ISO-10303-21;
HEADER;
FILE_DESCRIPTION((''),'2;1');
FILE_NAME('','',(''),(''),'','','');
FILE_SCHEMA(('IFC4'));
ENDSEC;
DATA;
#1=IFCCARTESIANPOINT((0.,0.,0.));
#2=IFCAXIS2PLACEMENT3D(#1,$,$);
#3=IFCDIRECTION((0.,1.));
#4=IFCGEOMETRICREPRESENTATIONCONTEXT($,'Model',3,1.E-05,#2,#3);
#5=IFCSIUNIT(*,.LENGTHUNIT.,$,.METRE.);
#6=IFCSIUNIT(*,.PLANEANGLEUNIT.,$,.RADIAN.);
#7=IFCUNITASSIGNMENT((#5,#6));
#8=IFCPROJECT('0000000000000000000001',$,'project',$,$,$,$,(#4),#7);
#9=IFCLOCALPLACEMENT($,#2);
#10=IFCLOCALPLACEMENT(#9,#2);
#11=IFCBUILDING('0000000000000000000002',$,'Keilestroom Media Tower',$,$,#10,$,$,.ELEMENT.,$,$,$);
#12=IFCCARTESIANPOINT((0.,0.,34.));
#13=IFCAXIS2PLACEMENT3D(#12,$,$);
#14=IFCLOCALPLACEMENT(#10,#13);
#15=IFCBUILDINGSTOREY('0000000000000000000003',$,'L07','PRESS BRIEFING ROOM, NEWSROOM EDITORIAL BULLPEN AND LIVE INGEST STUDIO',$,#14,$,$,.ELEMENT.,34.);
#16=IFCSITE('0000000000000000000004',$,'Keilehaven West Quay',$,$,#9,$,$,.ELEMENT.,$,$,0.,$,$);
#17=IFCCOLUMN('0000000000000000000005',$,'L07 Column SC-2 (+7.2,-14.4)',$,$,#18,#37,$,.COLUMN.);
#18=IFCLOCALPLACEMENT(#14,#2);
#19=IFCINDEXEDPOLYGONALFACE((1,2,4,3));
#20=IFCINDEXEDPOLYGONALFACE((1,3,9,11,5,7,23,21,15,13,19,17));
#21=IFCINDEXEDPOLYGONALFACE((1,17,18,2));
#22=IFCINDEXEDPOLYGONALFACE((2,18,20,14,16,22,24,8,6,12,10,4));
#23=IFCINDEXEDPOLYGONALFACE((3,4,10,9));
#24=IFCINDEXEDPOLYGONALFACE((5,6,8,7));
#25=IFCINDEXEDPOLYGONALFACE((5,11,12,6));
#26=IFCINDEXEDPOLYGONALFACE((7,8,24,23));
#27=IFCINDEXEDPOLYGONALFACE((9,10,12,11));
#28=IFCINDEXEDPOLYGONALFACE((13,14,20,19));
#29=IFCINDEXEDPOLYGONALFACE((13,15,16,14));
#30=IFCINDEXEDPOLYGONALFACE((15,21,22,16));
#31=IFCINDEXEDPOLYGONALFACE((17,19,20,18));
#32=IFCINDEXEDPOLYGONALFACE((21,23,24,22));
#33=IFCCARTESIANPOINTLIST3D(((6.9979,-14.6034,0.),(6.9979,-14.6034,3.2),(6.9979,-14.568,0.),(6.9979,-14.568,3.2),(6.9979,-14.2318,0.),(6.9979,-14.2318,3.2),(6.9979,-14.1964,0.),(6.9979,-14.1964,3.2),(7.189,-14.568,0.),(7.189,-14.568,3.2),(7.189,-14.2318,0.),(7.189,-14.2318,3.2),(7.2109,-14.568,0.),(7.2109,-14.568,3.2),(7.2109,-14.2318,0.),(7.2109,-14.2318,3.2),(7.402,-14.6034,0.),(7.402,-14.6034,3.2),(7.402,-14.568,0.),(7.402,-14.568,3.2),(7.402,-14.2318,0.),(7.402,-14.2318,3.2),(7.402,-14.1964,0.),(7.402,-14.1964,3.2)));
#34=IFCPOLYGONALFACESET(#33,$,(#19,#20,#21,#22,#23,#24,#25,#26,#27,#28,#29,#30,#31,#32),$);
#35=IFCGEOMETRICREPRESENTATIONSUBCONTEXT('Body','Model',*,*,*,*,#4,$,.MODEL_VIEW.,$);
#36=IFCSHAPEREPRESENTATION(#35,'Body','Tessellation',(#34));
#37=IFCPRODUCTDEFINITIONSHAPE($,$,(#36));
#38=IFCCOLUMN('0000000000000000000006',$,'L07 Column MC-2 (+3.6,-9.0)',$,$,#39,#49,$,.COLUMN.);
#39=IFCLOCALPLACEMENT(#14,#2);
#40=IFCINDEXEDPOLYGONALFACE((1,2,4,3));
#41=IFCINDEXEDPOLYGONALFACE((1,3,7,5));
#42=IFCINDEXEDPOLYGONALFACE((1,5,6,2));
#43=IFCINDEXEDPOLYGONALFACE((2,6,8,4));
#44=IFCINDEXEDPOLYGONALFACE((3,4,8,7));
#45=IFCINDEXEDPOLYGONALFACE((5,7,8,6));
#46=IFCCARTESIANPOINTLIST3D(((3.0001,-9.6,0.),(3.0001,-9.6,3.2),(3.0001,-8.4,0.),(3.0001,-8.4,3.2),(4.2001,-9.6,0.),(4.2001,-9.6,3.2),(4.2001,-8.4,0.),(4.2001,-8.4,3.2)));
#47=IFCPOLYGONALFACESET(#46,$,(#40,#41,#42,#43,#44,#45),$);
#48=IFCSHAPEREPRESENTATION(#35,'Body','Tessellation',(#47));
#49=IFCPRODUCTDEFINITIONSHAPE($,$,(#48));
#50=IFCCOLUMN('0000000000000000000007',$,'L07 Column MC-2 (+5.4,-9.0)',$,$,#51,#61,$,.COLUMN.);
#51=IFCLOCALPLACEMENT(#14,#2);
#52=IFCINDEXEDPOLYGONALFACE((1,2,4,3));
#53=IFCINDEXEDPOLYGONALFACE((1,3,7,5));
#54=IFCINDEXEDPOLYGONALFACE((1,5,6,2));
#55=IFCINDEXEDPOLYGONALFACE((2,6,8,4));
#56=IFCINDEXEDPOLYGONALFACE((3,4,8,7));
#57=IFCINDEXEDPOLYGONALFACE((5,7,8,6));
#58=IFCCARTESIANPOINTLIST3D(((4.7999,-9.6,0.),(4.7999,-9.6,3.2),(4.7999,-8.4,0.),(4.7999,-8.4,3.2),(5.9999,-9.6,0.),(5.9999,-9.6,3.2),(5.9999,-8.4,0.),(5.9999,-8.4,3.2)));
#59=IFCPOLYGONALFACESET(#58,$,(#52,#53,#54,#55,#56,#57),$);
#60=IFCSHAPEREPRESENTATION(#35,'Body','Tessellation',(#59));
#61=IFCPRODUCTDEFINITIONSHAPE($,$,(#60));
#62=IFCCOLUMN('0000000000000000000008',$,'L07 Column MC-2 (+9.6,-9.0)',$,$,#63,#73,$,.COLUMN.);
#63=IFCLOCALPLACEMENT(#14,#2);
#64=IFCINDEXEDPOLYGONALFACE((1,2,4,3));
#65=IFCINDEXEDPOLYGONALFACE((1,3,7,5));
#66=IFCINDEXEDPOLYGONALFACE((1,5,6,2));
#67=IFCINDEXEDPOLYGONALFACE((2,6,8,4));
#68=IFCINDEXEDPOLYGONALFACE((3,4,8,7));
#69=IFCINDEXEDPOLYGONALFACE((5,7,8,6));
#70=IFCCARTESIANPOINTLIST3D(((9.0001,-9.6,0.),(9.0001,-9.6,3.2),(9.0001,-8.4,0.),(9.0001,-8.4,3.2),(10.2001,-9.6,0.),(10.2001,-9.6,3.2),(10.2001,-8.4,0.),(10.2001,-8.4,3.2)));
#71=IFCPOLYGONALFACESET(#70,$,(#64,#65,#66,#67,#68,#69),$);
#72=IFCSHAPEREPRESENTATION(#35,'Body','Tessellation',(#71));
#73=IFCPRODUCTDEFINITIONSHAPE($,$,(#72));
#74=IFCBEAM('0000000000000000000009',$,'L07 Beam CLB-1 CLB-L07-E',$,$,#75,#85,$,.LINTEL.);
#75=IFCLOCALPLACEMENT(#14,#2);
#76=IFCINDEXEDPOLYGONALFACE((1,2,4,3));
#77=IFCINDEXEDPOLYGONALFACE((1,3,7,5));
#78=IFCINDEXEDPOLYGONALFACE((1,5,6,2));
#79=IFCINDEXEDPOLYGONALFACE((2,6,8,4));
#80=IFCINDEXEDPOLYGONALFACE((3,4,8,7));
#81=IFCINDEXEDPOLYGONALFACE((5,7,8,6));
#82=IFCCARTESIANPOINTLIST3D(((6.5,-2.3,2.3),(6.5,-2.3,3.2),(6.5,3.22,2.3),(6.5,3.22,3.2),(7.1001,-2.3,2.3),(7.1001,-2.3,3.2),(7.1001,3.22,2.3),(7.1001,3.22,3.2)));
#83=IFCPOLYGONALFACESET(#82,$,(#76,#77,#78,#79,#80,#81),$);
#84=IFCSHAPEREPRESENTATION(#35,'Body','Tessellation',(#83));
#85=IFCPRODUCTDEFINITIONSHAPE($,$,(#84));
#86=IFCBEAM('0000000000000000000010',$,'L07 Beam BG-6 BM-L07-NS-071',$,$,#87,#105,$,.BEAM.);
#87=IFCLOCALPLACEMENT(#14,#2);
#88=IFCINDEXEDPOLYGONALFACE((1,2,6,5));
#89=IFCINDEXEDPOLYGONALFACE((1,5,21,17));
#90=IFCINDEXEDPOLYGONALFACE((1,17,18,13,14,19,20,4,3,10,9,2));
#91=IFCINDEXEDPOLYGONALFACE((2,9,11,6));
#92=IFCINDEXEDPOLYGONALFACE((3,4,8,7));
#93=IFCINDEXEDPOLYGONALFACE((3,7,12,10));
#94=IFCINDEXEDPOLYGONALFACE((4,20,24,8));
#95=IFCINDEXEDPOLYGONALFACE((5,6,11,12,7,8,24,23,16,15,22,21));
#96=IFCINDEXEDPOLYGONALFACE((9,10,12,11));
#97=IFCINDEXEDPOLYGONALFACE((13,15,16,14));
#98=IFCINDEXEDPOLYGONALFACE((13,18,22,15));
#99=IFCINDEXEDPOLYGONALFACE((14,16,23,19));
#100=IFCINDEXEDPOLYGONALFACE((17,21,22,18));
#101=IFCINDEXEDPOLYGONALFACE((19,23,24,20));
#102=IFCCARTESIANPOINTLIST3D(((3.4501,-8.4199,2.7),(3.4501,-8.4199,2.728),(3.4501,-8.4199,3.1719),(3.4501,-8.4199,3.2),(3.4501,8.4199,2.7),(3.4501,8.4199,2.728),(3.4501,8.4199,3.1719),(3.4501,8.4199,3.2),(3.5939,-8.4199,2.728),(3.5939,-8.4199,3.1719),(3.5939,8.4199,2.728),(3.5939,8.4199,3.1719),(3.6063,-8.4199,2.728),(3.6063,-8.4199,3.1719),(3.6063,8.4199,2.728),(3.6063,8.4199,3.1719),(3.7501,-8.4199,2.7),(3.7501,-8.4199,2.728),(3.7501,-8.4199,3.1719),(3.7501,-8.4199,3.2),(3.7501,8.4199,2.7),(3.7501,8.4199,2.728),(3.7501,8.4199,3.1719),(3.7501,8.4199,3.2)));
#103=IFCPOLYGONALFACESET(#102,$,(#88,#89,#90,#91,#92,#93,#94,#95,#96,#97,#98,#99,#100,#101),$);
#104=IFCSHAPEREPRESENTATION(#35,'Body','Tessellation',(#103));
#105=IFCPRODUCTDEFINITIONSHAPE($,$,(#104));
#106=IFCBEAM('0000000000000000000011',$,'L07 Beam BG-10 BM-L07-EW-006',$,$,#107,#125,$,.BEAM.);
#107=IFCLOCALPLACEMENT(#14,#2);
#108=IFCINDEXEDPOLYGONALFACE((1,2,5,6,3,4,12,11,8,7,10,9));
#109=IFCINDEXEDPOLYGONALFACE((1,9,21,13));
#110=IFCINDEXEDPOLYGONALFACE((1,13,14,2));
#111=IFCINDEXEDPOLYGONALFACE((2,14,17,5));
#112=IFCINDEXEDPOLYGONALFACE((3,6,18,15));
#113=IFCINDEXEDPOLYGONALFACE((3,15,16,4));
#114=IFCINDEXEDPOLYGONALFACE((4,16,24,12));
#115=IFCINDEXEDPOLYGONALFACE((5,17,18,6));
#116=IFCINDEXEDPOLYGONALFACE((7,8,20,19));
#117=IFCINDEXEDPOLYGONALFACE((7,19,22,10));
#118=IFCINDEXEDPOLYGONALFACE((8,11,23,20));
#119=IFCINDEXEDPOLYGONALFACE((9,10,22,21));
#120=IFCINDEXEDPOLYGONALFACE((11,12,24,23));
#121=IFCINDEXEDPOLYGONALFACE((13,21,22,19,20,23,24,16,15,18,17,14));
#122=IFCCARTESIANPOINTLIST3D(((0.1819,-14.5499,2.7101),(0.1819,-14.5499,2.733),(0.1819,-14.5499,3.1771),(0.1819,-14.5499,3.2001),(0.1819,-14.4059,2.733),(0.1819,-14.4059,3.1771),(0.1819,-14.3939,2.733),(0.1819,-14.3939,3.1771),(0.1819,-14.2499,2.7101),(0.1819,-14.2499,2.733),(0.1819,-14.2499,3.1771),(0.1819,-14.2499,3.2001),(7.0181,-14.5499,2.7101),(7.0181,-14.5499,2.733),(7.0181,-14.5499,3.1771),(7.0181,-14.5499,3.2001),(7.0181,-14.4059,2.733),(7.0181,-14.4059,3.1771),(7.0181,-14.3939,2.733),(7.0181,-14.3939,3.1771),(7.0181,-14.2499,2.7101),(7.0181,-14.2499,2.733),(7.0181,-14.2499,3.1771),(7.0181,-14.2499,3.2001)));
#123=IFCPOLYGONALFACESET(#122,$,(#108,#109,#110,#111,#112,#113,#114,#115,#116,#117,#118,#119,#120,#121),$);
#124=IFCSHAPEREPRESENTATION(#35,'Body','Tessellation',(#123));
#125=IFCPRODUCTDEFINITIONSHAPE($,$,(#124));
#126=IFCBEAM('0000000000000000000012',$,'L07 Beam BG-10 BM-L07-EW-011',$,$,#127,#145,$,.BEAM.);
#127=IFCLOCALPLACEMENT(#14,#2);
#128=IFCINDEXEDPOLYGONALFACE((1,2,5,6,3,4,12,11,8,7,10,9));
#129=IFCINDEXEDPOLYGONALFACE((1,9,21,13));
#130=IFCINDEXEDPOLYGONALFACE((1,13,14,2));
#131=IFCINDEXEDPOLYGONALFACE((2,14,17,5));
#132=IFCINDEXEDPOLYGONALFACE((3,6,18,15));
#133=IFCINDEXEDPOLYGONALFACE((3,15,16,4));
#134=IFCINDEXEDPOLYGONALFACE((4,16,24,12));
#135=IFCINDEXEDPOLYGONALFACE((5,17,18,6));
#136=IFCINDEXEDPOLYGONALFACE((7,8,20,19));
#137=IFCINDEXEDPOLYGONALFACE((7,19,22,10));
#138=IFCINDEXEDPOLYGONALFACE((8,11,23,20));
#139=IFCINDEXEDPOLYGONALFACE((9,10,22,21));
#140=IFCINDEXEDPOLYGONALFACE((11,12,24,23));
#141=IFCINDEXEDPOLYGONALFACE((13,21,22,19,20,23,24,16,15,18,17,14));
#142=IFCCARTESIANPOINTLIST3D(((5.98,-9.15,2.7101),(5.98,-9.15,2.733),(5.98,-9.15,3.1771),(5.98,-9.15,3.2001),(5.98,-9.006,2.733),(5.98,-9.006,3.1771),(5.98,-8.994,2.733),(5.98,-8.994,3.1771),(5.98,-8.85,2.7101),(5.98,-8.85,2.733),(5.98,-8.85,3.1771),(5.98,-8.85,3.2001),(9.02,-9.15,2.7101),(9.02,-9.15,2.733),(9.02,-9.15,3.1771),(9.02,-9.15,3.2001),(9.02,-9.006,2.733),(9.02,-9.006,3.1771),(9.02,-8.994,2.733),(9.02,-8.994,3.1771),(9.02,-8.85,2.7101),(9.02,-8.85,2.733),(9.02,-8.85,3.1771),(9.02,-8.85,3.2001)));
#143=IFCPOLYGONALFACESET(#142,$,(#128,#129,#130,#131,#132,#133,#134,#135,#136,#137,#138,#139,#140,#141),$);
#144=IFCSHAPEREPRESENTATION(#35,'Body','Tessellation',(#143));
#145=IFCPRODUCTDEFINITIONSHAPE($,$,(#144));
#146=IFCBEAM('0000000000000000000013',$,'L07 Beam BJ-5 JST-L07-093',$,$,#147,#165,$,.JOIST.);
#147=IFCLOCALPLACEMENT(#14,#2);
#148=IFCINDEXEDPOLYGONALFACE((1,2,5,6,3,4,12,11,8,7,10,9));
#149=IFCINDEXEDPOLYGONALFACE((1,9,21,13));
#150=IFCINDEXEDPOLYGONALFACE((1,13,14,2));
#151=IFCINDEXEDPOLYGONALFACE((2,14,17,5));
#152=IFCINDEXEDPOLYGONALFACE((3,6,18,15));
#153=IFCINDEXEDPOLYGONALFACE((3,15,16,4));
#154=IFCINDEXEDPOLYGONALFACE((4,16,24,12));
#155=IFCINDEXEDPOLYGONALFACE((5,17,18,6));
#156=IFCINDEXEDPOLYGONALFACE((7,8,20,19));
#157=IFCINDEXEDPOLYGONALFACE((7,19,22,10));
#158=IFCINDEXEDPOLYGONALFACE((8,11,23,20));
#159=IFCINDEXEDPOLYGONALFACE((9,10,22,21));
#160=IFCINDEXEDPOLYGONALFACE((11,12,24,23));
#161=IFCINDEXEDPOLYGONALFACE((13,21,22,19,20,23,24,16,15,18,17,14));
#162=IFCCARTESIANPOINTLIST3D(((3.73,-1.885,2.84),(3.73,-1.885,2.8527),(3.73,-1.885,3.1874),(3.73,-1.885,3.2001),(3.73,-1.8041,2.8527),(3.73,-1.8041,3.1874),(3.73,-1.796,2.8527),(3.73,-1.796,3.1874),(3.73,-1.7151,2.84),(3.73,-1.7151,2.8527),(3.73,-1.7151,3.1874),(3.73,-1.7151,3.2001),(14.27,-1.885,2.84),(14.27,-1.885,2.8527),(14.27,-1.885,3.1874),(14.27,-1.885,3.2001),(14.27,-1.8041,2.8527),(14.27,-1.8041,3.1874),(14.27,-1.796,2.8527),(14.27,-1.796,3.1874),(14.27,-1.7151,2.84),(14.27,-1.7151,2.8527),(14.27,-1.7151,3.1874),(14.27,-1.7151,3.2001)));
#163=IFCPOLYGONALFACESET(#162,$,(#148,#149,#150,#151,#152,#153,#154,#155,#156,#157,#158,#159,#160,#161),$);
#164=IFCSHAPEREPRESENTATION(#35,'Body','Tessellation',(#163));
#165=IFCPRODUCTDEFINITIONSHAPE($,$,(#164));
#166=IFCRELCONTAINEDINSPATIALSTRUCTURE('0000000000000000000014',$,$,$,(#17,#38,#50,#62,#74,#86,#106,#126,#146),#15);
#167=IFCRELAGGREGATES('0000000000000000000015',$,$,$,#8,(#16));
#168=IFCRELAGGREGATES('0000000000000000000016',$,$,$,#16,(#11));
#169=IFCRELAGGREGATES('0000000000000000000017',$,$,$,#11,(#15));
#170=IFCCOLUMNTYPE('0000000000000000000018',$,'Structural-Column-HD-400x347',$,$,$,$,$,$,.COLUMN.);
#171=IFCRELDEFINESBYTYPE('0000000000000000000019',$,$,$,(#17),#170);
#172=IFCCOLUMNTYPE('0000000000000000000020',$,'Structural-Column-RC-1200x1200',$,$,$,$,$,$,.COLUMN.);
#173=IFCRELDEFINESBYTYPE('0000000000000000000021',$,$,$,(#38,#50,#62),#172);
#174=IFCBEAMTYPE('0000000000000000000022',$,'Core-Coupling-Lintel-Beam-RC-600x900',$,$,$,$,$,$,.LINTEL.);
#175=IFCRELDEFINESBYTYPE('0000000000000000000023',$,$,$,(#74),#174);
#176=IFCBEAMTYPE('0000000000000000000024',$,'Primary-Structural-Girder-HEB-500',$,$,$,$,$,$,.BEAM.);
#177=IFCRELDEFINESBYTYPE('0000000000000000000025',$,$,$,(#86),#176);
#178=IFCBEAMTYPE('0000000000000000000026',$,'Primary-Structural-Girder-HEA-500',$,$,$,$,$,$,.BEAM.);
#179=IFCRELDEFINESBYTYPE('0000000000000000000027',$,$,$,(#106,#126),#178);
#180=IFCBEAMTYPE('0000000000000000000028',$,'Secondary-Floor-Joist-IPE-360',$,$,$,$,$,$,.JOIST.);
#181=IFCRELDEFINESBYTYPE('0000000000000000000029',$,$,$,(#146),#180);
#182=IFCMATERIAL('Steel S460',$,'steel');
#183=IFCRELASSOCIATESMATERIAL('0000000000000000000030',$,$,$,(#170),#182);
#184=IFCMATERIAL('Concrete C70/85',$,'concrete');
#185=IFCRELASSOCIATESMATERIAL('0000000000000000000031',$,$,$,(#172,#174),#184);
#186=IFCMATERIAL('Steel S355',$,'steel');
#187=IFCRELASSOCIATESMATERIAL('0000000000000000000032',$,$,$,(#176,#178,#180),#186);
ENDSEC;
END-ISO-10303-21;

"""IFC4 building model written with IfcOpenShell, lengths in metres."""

from ifc_helpers import new_model, si_unit, direction, frame, origin, origin_2d, place, context, subcontext, project, spatial, rectangle, i_section, extrude, source, transform, mapped, material, material_profile, profile_set, type_object, element, save


model = new_model("IFC4")

# Units and contexts
model_context = context("Model", 3, precision=1e-05, world=origin(), true_north=direction((0.0, 1.0)))
body_context = subcontext(model_context, "Body", "Model", "MODEL_VIEW")
ifc_project = project(units=[si_unit("LENGTHUNIT", "METRE"), si_unit("PLANEANGLEUNIT", "RADIAN")], contexts=[model_context])

# Site, building, storey
site_placement = place(None, origin())
site = spatial("IfcSite", under=ifc_project, at=site_placement, Name="Keilehaven West Quay", CompositionType="ELEMENT", RefElevation=0.0)
building_placement = place(site_placement, origin())
building = spatial("IfcBuilding", under=site, at=building_placement, Name="Keilestroom Media Tower", CompositionType="ELEMENT")
storey_placement = place(building_placement, frame((0.0, 0.0, 34.0)))
storey = spatial("IfcBuildingStorey", under=building, at=storey_placement, Name="L07", Description="PRESS BRIEFING ROOM, NEWSROOM EDITORIAL BULLPEN AND LIVE INGEST STUDIO", CompositionType="ELEMENT", Elevation=34.0)

# Columns
ifc_material_1 = material(Name="Steel S460", Category="steel")
ifc_material_profile_1 = material_profile(ifc_material_1, i_section(OverallWidth=0.4041, OverallDepth=0.407, WebThickness=0.022, FlangeThickness=0.0354, at=origin_2d()), Name="HD 400x347")
ifc_profile_set_1 = profile_set([ifc_material_profile_1], Name="Steel S460")
column_type_1 = type_object("IfcColumnType", Name="Structural-Column-HD-400x347", PredefinedType="COLUMN", material=ifc_profile_set_1)
shared_shape_1 = source(origin(), body_context, "Body", "SweptSolid", [
    extrude(i_section(OverallWidth=0.4041, OverallDepth=0.407, WebThickness=0.022, FlangeThickness=0.0354, at=origin_2d()), origin(), (0.0, 0.0, 1.0), 3.2),
])
column_placement = place(storey_placement, frame((7.2, -14.3999, 0.0), z_axis=(0.0, 0.0, 1.0), x_axis=(1.0, 0.0, 0.0)))
element("IfcColumn", 1, at=column_placement, inside=storey, type_object=column_type_1, Name="L07 Column SC-2 (+7.2,-14.4)", PredefinedType="COLUMN", context=body_context, shape_type="MappedRepresentation", body=[
    mapped(shared_shape_1, transform((0.0, 0.0, 0.0), x_axis=(1.0, 0.0, 0.0), y_axis=(0.0, 1.0, 0.0), z_axis=(0.0, 0.0, 1.0), scale=1.0)),
])
ifc_material_2 = material(Name="Concrete C70/85", Category="concrete")
ifc_material_profile_2 = material_profile(ifc_material_2, rectangle(XDim=1.2, YDim=1.2, at=origin_2d()), Name="RC 1200x1200")
ifc_profile_set_2 = profile_set([ifc_material_profile_2], Name="Concrete C70/85")
column_type_2 = type_object("IfcColumnType", Name="Structural-Column-RC-1200x1200", PredefinedType="COLUMN", material=ifc_profile_set_2)
shared_shape_2 = source(origin(), body_context, "Body", "SweptSolid", [
    extrude(rectangle(XDim=1.2, YDim=1.2, at=origin_2d()), origin(), (0.0, 0.0, 1.0), 3.2),
])
for number, where, z_axis, x_axis, name in (
    (2, (3.6001, -9.0, 0.0), (0.0, 0.0, 1.0), (1.0, 0.0, 0.0), "L07 Column MC-2 (+3.6,-9.0)"),
    (3, (5.3999, -9.0, 0.0), (0.0, 0.0, 1.0), (1.0, 0.0, 0.0), "L07 Column MC-2 (+5.4,-9.0)"),
    (4, (9.6001, -9.0, 0.0), (0.0, 0.0, 1.0), (1.0, 0.0, 0.0), "L07 Column MC-2 (+9.6,-9.0)"),
):
    element("IfcColumn", number, at=place(storey_placement, frame(where, z_axis=z_axis, x_axis=x_axis)), inside=storey, type_object=column_type_2, Name=name, PredefinedType="COLUMN", context=body_context, shape_type="MappedRepresentation", body=[
        mapped(shared_shape_2, transform((0.0, 0.0, 0.0), x_axis=(1.0, 0.0, 0.0), y_axis=(0.0, 1.0, 0.0), z_axis=(0.0, 0.0, 1.0), scale=1.0)),
    ])

# Beams
ifc_material_profile_3 = material_profile(ifc_material_2, rectangle(XDim=0.6001, YDim=0.8999, at=origin_2d()), Name="RC 600x900")
ifc_profile_set_3 = profile_set([ifc_material_profile_3], Name="Concrete C70/85")
beam_type_1 = type_object("IfcBeamType", Name="Core-Coupling-Lintel-Beam-RC-600x900", PredefinedType="LINTEL", material=ifc_profile_set_3)
shared_shape_3 = source(origin(), body_context, "Body", "SweptSolid", [
    extrude(rectangle(XDim=0.6001, YDim=0.8999, at=origin_2d()), origin(), (0.0, 0.0, 1.0), 5.52),
])
beam_1_placement = place(storey_placement, frame((6.8, -2.3, 2.75), z_axis=(0.0, 1.0, 0.0), x_axis=(-1.0, 0.0, 0.0)))
element("IfcBeam", 5, at=beam_1_placement, inside=storey, type_object=beam_type_1, Name="L07 Beam CLB-1 CLB-L07-E", PredefinedType="LINTEL", context=body_context, shape_type="MappedRepresentation", body=[
    mapped(shared_shape_3, transform((0.0, 0.0, 0.0), x_axis=(1.0, 0.0, 0.0), y_axis=(0.0, 1.0, 0.0), z_axis=(0.0, 0.0, 1.0), scale=1.0)),
])
ifc_material_3 = material(Name="Steel S355", Category="steel")
ifc_material_profile_4 = material_profile(ifc_material_3, i_section(OverallWidth=0.3, OverallDepth=0.5, WebThickness=0.0125, FlangeThickness=0.0281, at=origin_2d()), Name="HEB 500")
ifc_profile_set_4 = profile_set([ifc_material_profile_4], Name="Steel S355")
beam_type_2 = type_object("IfcBeamType", Name="Primary-Structural-Girder-HEB-500", PredefinedType="BEAM", material=ifc_profile_set_4)
shared_shape_4 = source(origin(), body_context, "Body", "SweptSolid", [
    extrude(i_section(OverallWidth=0.3, OverallDepth=0.5, WebThickness=0.0125, FlangeThickness=0.0281, at=origin_2d()), origin(), (0.0, 0.0, 1.0), 16.8398),
])
beam_2_placement = place(storey_placement, frame((3.6001, -8.4199, 2.95), z_axis=(0.0, 1.0, 0.0), x_axis=(-1.0, 0.0, 0.0)))
element("IfcBeam", 6, at=beam_2_placement, inside=storey, type_object=beam_type_2, Name="L07 Beam BG-6 BM-L07-NS-071", PredefinedType="BEAM", context=body_context, shape_type="MappedRepresentation", body=[
    mapped(shared_shape_4, transform((0.0, 0.0, 0.0), x_axis=(1.0, 0.0, 0.0), y_axis=(0.0, 1.0, 0.0), z_axis=(0.0, 0.0, 1.0), scale=1.0)),
])
ifc_material_profile_5 = material_profile(ifc_material_3, i_section(OverallWidth=0.3, OverallDepth=0.49, WebThickness=0.012, FlangeThickness=0.0229, at=origin_2d()), Name="HEA 500")
ifc_profile_set_5 = profile_set([ifc_material_profile_5], Name="Steel S355")
beam_type_3 = type_object("IfcBeamType", Name="Primary-Structural-Girder-HEA-500", PredefinedType="BEAM", material=ifc_profile_set_5)
shared_shape_5 = source(origin(), body_context, "Body", "SweptSolid", [
    extrude(i_section(OverallWidth=0.3, OverallDepth=0.49, WebThickness=0.012, FlangeThickness=0.0229, at=origin_2d()), origin(), (0.0, 0.0, 1.0), 6.8362),
])
beam_3_placement = place(storey_placement, frame((0.1819, -14.3999, 2.9551), z_axis=(1.0, 0.0, 0.0), x_axis=(0.0, 1.0, 0.0)))
element("IfcBeam", 7, at=beam_3_placement, inside=storey, type_object=beam_type_3, Name="L07 Beam BG-10 BM-L07-EW-006", PredefinedType="BEAM", context=body_context, shape_type="MappedRepresentation", body=[
    mapped(shared_shape_5, transform((0.0, 0.0, 0.0), x_axis=(1.0, 0.0, 0.0), y_axis=(0.0, 1.0, 0.0), z_axis=(0.0, 0.0, 1.0), scale=1.0)),
])
shared_shape_6 = source(origin(), body_context, "Body", "SweptSolid", [
    extrude(i_section(OverallWidth=0.3, OverallDepth=0.49, WebThickness=0.012, FlangeThickness=0.0229, at=origin_2d()), origin(), (0.0, 0.0, 1.0), 3.04),
])
beam_4_placement = place(storey_placement, frame((5.98, -9.0, 2.9551), z_axis=(1.0, 0.0, 0.0), x_axis=(0.0, 1.0, 0.0)))
element("IfcBeam", 8, at=beam_4_placement, inside=storey, type_object=beam_type_3, Name="L07 Beam BG-10 BM-L07-EW-011", PredefinedType="BEAM", context=body_context, shape_type="MappedRepresentation", body=[
    mapped(shared_shape_6, transform((0.0, 0.0, 0.0), x_axis=(1.0, 0.0, 0.0), y_axis=(0.0, 1.0, 0.0), z_axis=(0.0, 0.0, 1.0), scale=1.0)),
])
ifc_material_profile_6 = material_profile(ifc_material_3, i_section(OverallWidth=0.1699, OverallDepth=0.3601, WebThickness=0.0081, FlangeThickness=0.0127, at=origin_2d()), Name="IPE 360")
ifc_profile_set_6 = profile_set([ifc_material_profile_6], Name="Steel S355")
beam_type_4 = type_object("IfcBeamType", Name="Secondary-Floor-Joist-IPE-360", PredefinedType="JOIST", material=ifc_profile_set_6)
shared_shape_7 = source(origin(), body_context, "Body", "SweptSolid", [
    extrude(i_section(OverallWidth=0.1699, OverallDepth=0.3601, WebThickness=0.0081, FlangeThickness=0.0127, at=origin_2d()), origin(), (0.0, 0.0, 1.0), 10.54),
])
beam_5_placement = place(storey_placement, frame((3.73, -1.8, 3.02), z_axis=(1.0, 0.0, 0.0), x_axis=(0.0, 1.0, 0.0)))
element("IfcBeam", 9, at=beam_5_placement, inside=storey, type_object=beam_type_4, Name="L07 Beam BJ-5 JST-L07-093", PredefinedType="JOIST", context=body_context, shape_type="MappedRepresentation", body=[
    mapped(shared_shape_7, transform((0.0, 0.0, 0.0), x_axis=(1.0, 0.0, 0.0), y_axis=(0.0, 1.0, 0.0), z_axis=(0.0, 0.0, 1.0), scale=1.0)),
])

save(model, "model.ifc")
